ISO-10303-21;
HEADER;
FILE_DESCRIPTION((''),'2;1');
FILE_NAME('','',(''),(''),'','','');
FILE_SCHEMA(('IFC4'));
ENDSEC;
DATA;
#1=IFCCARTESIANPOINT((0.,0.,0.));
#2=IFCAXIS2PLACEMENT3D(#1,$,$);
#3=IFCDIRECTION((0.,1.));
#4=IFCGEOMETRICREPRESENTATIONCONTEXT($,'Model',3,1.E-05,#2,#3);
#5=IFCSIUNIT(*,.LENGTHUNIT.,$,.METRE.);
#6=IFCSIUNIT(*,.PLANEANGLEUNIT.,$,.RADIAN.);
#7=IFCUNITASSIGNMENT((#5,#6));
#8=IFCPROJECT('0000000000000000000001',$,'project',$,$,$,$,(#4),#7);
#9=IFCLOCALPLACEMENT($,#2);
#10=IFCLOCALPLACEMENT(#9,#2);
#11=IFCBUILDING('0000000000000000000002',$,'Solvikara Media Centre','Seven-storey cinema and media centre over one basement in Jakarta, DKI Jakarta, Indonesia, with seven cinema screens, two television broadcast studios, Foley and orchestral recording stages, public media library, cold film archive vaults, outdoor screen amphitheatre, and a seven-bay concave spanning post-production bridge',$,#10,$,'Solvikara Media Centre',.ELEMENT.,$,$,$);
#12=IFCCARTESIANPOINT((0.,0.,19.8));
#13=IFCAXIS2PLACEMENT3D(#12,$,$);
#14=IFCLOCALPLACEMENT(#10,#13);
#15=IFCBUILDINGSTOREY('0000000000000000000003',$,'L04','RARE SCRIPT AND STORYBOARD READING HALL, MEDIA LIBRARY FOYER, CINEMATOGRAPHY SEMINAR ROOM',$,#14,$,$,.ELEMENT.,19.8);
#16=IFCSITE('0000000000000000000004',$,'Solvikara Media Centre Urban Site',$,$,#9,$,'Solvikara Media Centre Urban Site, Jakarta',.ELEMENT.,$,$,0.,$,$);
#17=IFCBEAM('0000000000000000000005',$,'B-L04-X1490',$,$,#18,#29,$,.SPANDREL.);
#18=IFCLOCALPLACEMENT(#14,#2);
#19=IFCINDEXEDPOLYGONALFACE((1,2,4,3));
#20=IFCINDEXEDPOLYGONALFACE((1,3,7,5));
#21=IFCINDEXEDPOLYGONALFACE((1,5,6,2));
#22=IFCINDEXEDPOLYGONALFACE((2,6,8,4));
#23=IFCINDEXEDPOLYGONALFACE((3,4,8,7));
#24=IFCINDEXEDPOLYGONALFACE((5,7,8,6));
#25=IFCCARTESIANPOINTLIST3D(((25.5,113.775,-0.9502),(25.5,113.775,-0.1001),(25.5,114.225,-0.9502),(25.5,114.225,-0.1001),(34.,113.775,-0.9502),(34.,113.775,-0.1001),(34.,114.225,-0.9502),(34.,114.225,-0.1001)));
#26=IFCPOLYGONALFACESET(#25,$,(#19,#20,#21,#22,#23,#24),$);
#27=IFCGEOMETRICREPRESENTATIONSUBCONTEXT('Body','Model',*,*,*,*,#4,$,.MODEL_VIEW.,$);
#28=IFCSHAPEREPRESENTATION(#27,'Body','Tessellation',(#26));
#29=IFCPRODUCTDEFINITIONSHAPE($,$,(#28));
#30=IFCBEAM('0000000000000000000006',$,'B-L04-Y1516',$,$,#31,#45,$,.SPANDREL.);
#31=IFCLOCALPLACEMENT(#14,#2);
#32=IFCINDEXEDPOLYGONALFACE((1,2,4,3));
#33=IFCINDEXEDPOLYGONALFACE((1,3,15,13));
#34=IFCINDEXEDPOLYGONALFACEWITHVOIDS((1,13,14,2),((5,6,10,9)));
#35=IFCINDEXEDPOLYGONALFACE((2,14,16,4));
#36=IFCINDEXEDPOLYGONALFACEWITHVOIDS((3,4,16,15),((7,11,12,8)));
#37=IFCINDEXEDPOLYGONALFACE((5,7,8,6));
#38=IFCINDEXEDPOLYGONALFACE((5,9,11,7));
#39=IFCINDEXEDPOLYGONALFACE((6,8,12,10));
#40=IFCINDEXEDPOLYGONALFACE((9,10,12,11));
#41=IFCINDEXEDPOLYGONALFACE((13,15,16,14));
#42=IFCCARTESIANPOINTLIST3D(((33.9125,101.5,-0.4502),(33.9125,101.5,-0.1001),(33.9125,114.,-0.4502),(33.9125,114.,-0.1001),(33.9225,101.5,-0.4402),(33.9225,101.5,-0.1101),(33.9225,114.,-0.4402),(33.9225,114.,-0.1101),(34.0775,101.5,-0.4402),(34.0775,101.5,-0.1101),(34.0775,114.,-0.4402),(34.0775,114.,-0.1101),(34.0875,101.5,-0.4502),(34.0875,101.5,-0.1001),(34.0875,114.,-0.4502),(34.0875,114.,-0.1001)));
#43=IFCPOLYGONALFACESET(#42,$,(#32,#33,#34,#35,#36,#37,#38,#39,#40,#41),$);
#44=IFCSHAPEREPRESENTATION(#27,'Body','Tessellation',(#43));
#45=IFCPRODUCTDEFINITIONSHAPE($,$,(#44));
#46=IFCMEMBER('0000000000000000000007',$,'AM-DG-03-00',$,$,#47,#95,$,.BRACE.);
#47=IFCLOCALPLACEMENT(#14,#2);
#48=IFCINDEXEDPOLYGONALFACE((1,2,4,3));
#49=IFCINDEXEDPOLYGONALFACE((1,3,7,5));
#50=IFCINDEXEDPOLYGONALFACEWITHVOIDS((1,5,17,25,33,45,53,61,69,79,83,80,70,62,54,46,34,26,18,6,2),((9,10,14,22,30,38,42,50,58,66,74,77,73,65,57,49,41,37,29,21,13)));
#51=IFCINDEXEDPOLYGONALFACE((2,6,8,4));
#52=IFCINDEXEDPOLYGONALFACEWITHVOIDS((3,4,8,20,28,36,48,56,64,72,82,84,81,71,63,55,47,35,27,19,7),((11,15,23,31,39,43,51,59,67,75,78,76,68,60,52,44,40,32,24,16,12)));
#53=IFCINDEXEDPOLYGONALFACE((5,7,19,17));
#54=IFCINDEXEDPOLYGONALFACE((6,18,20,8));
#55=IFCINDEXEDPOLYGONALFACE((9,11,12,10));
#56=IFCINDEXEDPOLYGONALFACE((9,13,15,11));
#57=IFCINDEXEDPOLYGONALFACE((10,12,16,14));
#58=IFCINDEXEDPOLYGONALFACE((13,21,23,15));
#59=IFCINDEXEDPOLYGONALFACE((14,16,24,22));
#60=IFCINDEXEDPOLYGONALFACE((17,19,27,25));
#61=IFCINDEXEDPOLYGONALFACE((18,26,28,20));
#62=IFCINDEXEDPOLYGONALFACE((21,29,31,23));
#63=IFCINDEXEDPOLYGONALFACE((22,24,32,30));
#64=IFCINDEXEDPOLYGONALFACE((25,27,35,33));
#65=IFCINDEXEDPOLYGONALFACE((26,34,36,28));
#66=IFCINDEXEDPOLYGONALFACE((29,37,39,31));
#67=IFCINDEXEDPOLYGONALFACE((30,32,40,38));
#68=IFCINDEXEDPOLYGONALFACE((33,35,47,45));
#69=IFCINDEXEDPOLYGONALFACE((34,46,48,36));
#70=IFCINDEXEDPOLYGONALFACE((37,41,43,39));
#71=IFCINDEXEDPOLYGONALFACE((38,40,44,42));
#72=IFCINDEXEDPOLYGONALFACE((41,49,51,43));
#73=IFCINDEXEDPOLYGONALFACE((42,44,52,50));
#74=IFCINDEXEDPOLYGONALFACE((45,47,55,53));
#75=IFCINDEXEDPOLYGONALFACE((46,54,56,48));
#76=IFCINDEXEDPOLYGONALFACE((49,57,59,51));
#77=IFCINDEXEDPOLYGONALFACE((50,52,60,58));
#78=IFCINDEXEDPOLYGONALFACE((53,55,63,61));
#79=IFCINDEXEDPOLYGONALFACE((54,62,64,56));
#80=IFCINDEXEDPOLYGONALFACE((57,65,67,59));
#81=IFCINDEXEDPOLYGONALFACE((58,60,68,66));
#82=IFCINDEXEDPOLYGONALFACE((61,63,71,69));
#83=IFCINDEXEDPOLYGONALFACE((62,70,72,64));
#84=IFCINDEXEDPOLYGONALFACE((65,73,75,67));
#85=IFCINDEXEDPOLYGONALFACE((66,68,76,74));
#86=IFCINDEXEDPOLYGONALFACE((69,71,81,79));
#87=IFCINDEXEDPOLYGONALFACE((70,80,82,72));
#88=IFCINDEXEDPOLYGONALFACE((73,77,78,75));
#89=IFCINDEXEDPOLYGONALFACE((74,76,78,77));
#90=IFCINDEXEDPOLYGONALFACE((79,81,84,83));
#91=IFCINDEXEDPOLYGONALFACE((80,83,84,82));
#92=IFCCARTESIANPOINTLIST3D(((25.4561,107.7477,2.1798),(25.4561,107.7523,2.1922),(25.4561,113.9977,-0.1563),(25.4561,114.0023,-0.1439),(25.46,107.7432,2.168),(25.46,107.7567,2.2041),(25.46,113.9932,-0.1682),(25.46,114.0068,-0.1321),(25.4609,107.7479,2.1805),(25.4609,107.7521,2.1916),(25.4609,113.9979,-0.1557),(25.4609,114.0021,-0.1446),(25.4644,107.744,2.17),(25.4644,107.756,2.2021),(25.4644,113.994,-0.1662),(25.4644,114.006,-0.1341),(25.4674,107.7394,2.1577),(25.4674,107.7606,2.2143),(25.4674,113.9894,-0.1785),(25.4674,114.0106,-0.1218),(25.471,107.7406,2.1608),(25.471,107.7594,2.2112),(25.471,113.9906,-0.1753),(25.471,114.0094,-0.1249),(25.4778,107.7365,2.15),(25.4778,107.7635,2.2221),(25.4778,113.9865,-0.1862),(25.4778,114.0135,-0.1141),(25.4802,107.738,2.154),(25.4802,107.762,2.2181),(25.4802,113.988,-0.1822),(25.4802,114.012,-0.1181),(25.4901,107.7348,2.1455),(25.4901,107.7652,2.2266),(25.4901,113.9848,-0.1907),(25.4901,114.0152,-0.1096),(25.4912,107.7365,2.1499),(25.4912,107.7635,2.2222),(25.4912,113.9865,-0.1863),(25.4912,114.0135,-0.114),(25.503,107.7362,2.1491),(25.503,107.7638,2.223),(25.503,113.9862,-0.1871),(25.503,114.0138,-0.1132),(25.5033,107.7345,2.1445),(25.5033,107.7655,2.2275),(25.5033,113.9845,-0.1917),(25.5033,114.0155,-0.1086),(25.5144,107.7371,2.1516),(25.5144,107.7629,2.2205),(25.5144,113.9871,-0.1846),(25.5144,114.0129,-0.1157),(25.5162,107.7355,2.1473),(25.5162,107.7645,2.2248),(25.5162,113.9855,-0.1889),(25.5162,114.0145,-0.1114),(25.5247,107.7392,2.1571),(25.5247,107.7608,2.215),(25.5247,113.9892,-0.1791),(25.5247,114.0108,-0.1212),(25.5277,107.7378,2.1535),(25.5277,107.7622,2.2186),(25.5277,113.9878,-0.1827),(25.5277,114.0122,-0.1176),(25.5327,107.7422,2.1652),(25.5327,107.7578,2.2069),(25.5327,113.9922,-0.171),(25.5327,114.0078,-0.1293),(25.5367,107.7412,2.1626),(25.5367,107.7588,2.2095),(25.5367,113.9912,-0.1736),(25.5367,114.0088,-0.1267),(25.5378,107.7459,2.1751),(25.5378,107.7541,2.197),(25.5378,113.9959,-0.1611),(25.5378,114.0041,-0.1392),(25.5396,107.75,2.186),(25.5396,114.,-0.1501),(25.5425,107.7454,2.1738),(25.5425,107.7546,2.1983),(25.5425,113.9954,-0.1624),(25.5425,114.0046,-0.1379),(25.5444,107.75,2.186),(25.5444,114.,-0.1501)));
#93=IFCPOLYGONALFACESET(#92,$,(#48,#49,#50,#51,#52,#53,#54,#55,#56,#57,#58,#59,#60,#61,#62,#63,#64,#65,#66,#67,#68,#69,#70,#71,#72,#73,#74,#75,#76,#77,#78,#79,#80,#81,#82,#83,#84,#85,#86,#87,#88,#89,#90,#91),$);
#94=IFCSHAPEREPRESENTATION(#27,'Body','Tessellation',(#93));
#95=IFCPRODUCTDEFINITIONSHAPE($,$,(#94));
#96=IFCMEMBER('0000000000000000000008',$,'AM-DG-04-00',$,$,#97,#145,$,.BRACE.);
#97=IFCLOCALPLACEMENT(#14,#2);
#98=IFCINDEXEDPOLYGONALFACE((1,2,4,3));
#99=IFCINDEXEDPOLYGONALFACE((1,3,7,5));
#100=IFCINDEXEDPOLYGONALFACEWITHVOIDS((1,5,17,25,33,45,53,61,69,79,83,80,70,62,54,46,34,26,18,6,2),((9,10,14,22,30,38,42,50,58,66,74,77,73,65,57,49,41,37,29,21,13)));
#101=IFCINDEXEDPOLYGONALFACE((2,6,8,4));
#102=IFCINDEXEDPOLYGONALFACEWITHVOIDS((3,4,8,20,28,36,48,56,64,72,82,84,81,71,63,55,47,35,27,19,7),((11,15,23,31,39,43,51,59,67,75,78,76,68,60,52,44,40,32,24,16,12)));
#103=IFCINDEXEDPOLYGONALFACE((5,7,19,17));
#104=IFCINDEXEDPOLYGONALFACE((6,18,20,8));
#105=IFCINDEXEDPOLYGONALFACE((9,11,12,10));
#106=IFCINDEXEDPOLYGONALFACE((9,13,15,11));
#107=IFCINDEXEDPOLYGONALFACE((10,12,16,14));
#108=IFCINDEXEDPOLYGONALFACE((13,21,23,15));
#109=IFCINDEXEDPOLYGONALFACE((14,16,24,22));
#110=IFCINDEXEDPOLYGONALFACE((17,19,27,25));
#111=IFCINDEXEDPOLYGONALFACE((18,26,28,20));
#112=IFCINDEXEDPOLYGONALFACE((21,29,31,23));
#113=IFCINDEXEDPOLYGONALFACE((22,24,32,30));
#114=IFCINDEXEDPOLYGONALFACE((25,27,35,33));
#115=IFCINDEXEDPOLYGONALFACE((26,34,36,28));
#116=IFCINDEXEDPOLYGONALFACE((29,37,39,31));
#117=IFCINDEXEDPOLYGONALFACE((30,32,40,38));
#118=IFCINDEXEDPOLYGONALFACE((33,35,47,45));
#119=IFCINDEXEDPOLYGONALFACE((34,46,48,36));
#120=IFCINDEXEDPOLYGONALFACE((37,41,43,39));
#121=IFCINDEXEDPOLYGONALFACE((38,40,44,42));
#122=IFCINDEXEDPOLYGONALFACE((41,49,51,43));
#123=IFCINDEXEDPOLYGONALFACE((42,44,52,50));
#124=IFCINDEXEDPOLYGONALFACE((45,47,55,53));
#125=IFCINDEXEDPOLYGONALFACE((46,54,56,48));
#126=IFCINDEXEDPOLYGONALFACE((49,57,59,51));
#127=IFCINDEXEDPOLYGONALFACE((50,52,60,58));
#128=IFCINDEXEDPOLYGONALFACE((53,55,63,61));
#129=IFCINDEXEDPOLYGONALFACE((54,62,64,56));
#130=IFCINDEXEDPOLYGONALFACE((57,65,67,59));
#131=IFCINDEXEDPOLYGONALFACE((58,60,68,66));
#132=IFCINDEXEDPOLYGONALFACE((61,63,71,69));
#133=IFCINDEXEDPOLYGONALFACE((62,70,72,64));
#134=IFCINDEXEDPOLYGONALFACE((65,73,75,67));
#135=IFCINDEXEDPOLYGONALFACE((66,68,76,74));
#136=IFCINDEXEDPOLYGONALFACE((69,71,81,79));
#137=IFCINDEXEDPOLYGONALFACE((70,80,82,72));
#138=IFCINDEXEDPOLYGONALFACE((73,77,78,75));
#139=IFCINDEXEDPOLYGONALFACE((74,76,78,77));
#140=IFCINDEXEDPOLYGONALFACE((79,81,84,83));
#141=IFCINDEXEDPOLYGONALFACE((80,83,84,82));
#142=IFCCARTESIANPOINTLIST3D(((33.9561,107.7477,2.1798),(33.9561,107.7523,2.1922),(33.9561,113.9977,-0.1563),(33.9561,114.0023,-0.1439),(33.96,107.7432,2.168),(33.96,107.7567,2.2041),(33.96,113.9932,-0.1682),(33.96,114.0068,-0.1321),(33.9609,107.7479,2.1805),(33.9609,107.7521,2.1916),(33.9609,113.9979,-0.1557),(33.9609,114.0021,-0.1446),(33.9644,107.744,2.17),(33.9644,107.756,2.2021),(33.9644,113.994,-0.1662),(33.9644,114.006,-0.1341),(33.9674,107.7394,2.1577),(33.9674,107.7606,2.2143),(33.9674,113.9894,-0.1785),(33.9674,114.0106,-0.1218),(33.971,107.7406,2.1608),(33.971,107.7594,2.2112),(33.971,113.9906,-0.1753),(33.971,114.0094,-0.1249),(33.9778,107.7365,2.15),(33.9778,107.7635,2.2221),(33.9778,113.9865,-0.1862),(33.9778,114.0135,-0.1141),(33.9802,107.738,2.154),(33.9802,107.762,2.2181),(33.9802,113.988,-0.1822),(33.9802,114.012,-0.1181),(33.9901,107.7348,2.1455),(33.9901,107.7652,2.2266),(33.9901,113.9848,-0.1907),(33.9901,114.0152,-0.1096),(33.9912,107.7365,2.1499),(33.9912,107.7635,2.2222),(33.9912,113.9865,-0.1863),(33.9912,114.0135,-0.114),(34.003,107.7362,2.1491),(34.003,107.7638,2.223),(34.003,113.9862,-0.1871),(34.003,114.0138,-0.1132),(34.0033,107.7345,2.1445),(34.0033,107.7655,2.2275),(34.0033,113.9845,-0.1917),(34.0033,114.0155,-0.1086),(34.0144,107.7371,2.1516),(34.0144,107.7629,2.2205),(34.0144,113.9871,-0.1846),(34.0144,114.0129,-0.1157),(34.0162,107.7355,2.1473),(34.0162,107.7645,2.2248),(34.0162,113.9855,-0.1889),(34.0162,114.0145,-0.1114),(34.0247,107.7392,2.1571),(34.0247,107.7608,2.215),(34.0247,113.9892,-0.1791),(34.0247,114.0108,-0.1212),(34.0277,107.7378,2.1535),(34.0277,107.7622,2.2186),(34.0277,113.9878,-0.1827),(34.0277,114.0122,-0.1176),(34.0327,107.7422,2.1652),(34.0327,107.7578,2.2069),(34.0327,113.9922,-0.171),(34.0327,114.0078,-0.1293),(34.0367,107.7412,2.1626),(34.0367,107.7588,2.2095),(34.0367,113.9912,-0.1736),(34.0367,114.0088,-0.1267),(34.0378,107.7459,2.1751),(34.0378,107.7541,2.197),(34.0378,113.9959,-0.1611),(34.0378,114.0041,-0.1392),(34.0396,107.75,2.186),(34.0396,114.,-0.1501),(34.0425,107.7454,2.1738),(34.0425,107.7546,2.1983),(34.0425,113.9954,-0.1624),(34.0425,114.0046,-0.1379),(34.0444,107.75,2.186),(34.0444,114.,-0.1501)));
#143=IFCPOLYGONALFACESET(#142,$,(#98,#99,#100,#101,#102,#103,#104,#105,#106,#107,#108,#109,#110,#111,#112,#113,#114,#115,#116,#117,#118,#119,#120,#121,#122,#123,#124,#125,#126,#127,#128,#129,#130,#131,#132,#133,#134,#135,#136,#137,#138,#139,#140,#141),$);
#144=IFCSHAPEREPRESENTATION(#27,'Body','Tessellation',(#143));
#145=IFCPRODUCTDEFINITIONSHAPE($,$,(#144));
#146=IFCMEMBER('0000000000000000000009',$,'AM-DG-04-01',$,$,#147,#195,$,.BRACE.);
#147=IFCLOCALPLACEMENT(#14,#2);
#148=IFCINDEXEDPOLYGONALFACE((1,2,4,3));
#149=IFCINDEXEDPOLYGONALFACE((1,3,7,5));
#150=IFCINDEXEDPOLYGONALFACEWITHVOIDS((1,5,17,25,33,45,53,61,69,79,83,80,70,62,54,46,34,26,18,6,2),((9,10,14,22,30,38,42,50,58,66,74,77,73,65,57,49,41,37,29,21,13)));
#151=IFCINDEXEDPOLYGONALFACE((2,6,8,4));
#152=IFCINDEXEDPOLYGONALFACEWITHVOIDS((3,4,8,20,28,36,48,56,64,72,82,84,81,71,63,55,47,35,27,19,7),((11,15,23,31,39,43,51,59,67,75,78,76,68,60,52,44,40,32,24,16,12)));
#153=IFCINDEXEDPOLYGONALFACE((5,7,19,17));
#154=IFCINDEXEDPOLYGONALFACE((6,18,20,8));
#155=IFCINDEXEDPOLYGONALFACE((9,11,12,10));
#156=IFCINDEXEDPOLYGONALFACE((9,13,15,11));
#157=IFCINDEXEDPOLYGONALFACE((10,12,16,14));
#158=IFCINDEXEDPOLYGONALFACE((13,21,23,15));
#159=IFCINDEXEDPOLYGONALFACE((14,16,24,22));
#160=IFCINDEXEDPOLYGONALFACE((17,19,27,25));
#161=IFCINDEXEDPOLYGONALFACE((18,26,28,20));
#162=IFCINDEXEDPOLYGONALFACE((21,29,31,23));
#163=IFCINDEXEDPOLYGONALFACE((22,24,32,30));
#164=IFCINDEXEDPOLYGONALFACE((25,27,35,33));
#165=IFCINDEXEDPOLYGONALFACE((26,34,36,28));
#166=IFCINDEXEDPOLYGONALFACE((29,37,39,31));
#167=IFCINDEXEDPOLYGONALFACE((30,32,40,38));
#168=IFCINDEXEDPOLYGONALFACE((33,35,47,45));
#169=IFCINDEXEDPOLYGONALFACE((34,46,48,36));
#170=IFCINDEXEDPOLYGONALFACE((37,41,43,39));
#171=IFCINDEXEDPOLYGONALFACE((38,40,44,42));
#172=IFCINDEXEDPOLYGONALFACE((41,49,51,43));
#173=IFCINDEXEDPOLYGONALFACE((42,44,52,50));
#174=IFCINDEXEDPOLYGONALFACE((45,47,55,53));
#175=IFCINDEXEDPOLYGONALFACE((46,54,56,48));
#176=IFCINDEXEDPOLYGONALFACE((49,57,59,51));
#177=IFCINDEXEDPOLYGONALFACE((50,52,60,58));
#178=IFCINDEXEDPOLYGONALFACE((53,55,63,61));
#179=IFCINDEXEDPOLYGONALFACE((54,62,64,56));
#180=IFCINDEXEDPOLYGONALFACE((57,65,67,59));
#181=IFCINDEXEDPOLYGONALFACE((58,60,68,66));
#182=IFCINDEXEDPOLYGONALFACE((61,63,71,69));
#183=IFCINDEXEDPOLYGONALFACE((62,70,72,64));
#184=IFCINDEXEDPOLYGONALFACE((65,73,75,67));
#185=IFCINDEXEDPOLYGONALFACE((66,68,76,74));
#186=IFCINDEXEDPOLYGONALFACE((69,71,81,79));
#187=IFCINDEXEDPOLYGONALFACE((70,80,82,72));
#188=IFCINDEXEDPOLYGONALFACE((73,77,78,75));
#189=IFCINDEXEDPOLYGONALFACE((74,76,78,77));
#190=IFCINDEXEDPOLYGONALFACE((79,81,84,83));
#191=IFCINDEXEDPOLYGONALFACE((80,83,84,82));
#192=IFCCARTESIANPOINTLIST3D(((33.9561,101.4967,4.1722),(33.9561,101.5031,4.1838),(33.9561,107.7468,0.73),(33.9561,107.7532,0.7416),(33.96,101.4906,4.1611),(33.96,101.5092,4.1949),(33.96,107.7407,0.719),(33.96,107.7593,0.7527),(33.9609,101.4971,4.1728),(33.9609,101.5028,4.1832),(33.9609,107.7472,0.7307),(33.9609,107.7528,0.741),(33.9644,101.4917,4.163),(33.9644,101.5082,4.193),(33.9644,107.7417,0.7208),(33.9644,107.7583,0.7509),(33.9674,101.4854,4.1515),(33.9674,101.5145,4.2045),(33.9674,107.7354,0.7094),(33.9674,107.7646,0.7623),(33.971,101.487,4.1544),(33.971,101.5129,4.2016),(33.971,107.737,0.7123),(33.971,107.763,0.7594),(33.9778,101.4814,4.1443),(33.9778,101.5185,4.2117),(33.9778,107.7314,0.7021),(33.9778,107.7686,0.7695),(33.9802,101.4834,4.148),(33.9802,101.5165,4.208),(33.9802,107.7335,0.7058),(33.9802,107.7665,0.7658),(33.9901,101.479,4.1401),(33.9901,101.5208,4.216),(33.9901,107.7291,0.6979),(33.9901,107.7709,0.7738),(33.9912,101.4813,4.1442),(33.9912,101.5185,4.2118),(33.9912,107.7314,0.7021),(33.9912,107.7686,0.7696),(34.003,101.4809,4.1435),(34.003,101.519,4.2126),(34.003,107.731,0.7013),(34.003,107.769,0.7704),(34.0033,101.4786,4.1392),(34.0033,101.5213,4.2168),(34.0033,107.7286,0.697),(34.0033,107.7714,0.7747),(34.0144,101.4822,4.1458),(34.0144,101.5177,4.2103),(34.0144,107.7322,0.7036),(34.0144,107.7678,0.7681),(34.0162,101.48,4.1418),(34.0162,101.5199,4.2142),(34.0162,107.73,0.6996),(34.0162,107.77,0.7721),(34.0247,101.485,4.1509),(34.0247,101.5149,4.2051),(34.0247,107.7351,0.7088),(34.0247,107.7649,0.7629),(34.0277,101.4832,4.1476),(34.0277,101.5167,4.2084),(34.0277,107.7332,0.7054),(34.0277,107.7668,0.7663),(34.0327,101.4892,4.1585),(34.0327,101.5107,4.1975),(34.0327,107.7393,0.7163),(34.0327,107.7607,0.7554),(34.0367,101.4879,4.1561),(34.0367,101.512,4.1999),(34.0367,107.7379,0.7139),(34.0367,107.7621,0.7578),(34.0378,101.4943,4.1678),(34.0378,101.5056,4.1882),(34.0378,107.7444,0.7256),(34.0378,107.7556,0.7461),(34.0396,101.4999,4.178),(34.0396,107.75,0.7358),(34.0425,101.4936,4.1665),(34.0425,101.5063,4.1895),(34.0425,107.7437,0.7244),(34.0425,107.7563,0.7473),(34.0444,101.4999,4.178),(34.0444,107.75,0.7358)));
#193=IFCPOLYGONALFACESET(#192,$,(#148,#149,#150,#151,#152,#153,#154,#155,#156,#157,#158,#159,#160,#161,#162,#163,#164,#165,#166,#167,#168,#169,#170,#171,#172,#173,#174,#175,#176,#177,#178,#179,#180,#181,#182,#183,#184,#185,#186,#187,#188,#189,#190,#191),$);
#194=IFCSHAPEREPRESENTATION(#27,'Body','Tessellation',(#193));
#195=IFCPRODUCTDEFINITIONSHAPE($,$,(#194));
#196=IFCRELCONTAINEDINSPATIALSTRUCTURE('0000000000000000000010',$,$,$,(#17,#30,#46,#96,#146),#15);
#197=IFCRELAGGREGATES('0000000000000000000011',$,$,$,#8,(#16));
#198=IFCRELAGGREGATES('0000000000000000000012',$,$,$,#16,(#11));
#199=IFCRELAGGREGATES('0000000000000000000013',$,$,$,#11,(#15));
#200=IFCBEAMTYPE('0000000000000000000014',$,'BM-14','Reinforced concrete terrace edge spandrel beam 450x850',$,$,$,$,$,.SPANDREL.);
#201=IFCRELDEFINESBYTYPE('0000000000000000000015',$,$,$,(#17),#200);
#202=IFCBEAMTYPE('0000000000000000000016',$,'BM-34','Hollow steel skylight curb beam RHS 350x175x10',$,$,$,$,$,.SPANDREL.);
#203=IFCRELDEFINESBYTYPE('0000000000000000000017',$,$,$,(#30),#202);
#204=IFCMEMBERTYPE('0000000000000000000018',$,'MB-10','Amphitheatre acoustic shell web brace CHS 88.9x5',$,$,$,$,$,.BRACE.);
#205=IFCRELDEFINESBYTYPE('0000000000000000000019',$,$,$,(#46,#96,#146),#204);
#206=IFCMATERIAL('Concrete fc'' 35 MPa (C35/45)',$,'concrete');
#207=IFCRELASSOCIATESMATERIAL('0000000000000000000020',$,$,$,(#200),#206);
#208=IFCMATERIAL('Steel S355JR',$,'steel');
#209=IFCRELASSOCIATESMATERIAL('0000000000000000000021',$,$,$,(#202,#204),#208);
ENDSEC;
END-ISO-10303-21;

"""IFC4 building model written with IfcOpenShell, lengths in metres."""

from ifc_helpers import new_model, si_unit, direction, frame, origin, origin_2d, place, context, subcontext, project, spatial, rectangle, hollow_rectangle, hollow_circle, extrude, material, material_profile, profile_set, type_object, element, save


model = new_model("IFC4")

# Units and contexts
model_context = context("Model", 3, precision=1e-05, world=origin(), true_north=direction((0.0, 1.0)))
body_context = subcontext(model_context, "Body", "Model", "MODEL_VIEW")
ifc_project = project(units=[si_unit("LENGTHUNIT", "METRE"), si_unit("PLANEANGLEUNIT", "RADIAN")], contexts=[model_context])

# Site, building, storey
site_placement = place(None, origin())
site = spatial("IfcSite", under=ifc_project, at=site_placement, Name="Solvikara Media Centre Urban Site", LongName="Solvikara Media Centre Urban Site, Jakarta", CompositionType="ELEMENT", RefElevation=0.0)
building_placement = place(site_placement, origin())
building = spatial("IfcBuilding", under=site, at=building_placement, Name="Solvikara Media Centre", Description="Seven-storey cinema and media centre over one basement in Jakarta, DKI Jakarta, Indonesia, with seven cinema screens, two television broadcast studios, Foley and orchestral recording stages, public media library, cold film archive vaults, outdoor screen amphitheatre, and a seven-bay concave spanning post-production bridge", LongName="Solvikara Media Centre", CompositionType="ELEMENT")
storey_placement = place(building_placement, frame((0.0, 0.0, 19.8)))
storey = spatial("IfcBuildingStorey", under=building, at=storey_placement, Name="L04", Description="RARE SCRIPT AND STORYBOARD READING HALL, MEDIA LIBRARY FOYER, CINEMATOGRAPHY SEMINAR ROOM", CompositionType="ELEMENT", Elevation=19.8)

# Beams
ifc_material_1 = material(Name="Concrete fc' 35 MPa (C35/45)", Category="concrete")
ifc_material_profile_1 = material_profile(ifc_material_1, rectangle(XDim=0.45, YDim=0.8501, at=origin_2d()), Name="RC 450x850")
ifc_profile_set_1 = profile_set([ifc_material_profile_1], Name="Concrete fc' 35 MPa (C35/45)")
beam_type_1 = type_object("IfcBeamType", Name="BM-14", Description="Reinforced concrete terrace edge spandrel beam 450x850", PredefinedType="SPANDREL", material=ifc_profile_set_1)
beam_1_placement = place(storey_placement, frame((25.5, 114.0, -0.5251), z_axis=(1.0, 0.0, 0.0), x_axis=(0.0, 1.0, 0.0)))
element("IfcBeam", 1, at=beam_1_placement, inside=storey, type_object=beam_type_1, Name="B-L04-X1490", PredefinedType="SPANDREL", context=body_context, shape_type="SweptSolid", body=[
    extrude(rectangle(XDim=0.45, YDim=0.8501, at=origin_2d()), origin(), (0.0, 0.0, 1.0), 8.5),
])
ifc_material_2 = material(Name="Steel S355JR", Category="steel")
ifc_material_profile_2 = material_profile(ifc_material_2, hollow_rectangle(XDim=0.175, YDim=0.3501, WallThickness=0.01, at=origin_2d()), Name="RHS 350x175x10")
ifc_profile_set_2 = profile_set([ifc_material_profile_2], Name="Steel S355JR")
beam_type_2 = type_object("IfcBeamType", Name="BM-34", Description="Hollow steel skylight curb beam RHS 350x175x10", PredefinedType="SPANDREL", material=ifc_profile_set_2)
beam_2_placement = place(storey_placement, frame((34.0, 101.5, -0.2751), z_axis=(0.0, 1.0, 0.0), x_axis=(-1.0, 0.0, 0.0)))
element("IfcBeam", 2, at=beam_2_placement, inside=storey, type_object=beam_type_2, Name="B-L04-Y1516", PredefinedType="SPANDREL", context=body_context, shape_type="SweptSolid", body=[
    extrude(hollow_rectangle(XDim=0.175, YDim=0.3501, WallThickness=0.01, at=origin_2d()), origin(), (0.0, 0.0, 1.0), 12.5),
])

# Members
ifc_material_profile_3 = material_profile(ifc_material_2, hollow_circle(Radius=0.0444, WallThickness=0.0049, at=origin_2d()), Name="CHS 88.9x5")
ifc_profile_set_3 = profile_set([ifc_material_profile_3], Name="Steel S355JR")
member_type_1 = type_object("IfcMemberType", Name="MB-10", Description="Amphitheatre acoustic shell web brace CHS 88.9x5", PredefinedType="BRACE", material=ifc_profile_set_3)
for number, where, z_axis, x_axis, name in (
    (3, (25.5, 114.0, -0.1501), (0.0, -0.936702, 0.350129), (1.0, 0.0, 0.0), "AM-DG-03-00"),
    (4, (34.0, 114.0, -0.1501), (0.0, -0.936702, 0.350129), (1.0, 0.0, 0.0), "AM-DG-04-00"),
):
    element("IfcMember", number, at=place(storey_placement, frame(where, z_axis=z_axis, x_axis=x_axis)), inside=storey, type_object=member_type_1, Name=name, PredefinedType="BRACE", context=body_context, shape_type="SweptSolid", body=[
        extrude(hollow_circle(Radius=0.0444, WallThickness=0.0049, at=origin_2d()), origin(), (0.0, 0.0, 1.0), 6.6724),
    ])
member_1_placement = place(storey_placement, frame((34.0, 107.75, 0.7358), z_axis=(0.0, -0.875941, 0.482418), x_axis=(1.0, 0.0, 0.0)))
element("IfcMember", 5, at=member_1_placement, inside=storey, type_object=member_type_1, Name="AM-DG-04-01", PredefinedType="BRACE", context=body_context, shape_type="SweptSolid", body=[
    extrude(hollow_circle(Radius=0.0444, WallThickness=0.0049, at=origin_2d()), origin(), (0.0, 0.0, 1.0), 7.1353),
])

save(model, "model.ifc")
